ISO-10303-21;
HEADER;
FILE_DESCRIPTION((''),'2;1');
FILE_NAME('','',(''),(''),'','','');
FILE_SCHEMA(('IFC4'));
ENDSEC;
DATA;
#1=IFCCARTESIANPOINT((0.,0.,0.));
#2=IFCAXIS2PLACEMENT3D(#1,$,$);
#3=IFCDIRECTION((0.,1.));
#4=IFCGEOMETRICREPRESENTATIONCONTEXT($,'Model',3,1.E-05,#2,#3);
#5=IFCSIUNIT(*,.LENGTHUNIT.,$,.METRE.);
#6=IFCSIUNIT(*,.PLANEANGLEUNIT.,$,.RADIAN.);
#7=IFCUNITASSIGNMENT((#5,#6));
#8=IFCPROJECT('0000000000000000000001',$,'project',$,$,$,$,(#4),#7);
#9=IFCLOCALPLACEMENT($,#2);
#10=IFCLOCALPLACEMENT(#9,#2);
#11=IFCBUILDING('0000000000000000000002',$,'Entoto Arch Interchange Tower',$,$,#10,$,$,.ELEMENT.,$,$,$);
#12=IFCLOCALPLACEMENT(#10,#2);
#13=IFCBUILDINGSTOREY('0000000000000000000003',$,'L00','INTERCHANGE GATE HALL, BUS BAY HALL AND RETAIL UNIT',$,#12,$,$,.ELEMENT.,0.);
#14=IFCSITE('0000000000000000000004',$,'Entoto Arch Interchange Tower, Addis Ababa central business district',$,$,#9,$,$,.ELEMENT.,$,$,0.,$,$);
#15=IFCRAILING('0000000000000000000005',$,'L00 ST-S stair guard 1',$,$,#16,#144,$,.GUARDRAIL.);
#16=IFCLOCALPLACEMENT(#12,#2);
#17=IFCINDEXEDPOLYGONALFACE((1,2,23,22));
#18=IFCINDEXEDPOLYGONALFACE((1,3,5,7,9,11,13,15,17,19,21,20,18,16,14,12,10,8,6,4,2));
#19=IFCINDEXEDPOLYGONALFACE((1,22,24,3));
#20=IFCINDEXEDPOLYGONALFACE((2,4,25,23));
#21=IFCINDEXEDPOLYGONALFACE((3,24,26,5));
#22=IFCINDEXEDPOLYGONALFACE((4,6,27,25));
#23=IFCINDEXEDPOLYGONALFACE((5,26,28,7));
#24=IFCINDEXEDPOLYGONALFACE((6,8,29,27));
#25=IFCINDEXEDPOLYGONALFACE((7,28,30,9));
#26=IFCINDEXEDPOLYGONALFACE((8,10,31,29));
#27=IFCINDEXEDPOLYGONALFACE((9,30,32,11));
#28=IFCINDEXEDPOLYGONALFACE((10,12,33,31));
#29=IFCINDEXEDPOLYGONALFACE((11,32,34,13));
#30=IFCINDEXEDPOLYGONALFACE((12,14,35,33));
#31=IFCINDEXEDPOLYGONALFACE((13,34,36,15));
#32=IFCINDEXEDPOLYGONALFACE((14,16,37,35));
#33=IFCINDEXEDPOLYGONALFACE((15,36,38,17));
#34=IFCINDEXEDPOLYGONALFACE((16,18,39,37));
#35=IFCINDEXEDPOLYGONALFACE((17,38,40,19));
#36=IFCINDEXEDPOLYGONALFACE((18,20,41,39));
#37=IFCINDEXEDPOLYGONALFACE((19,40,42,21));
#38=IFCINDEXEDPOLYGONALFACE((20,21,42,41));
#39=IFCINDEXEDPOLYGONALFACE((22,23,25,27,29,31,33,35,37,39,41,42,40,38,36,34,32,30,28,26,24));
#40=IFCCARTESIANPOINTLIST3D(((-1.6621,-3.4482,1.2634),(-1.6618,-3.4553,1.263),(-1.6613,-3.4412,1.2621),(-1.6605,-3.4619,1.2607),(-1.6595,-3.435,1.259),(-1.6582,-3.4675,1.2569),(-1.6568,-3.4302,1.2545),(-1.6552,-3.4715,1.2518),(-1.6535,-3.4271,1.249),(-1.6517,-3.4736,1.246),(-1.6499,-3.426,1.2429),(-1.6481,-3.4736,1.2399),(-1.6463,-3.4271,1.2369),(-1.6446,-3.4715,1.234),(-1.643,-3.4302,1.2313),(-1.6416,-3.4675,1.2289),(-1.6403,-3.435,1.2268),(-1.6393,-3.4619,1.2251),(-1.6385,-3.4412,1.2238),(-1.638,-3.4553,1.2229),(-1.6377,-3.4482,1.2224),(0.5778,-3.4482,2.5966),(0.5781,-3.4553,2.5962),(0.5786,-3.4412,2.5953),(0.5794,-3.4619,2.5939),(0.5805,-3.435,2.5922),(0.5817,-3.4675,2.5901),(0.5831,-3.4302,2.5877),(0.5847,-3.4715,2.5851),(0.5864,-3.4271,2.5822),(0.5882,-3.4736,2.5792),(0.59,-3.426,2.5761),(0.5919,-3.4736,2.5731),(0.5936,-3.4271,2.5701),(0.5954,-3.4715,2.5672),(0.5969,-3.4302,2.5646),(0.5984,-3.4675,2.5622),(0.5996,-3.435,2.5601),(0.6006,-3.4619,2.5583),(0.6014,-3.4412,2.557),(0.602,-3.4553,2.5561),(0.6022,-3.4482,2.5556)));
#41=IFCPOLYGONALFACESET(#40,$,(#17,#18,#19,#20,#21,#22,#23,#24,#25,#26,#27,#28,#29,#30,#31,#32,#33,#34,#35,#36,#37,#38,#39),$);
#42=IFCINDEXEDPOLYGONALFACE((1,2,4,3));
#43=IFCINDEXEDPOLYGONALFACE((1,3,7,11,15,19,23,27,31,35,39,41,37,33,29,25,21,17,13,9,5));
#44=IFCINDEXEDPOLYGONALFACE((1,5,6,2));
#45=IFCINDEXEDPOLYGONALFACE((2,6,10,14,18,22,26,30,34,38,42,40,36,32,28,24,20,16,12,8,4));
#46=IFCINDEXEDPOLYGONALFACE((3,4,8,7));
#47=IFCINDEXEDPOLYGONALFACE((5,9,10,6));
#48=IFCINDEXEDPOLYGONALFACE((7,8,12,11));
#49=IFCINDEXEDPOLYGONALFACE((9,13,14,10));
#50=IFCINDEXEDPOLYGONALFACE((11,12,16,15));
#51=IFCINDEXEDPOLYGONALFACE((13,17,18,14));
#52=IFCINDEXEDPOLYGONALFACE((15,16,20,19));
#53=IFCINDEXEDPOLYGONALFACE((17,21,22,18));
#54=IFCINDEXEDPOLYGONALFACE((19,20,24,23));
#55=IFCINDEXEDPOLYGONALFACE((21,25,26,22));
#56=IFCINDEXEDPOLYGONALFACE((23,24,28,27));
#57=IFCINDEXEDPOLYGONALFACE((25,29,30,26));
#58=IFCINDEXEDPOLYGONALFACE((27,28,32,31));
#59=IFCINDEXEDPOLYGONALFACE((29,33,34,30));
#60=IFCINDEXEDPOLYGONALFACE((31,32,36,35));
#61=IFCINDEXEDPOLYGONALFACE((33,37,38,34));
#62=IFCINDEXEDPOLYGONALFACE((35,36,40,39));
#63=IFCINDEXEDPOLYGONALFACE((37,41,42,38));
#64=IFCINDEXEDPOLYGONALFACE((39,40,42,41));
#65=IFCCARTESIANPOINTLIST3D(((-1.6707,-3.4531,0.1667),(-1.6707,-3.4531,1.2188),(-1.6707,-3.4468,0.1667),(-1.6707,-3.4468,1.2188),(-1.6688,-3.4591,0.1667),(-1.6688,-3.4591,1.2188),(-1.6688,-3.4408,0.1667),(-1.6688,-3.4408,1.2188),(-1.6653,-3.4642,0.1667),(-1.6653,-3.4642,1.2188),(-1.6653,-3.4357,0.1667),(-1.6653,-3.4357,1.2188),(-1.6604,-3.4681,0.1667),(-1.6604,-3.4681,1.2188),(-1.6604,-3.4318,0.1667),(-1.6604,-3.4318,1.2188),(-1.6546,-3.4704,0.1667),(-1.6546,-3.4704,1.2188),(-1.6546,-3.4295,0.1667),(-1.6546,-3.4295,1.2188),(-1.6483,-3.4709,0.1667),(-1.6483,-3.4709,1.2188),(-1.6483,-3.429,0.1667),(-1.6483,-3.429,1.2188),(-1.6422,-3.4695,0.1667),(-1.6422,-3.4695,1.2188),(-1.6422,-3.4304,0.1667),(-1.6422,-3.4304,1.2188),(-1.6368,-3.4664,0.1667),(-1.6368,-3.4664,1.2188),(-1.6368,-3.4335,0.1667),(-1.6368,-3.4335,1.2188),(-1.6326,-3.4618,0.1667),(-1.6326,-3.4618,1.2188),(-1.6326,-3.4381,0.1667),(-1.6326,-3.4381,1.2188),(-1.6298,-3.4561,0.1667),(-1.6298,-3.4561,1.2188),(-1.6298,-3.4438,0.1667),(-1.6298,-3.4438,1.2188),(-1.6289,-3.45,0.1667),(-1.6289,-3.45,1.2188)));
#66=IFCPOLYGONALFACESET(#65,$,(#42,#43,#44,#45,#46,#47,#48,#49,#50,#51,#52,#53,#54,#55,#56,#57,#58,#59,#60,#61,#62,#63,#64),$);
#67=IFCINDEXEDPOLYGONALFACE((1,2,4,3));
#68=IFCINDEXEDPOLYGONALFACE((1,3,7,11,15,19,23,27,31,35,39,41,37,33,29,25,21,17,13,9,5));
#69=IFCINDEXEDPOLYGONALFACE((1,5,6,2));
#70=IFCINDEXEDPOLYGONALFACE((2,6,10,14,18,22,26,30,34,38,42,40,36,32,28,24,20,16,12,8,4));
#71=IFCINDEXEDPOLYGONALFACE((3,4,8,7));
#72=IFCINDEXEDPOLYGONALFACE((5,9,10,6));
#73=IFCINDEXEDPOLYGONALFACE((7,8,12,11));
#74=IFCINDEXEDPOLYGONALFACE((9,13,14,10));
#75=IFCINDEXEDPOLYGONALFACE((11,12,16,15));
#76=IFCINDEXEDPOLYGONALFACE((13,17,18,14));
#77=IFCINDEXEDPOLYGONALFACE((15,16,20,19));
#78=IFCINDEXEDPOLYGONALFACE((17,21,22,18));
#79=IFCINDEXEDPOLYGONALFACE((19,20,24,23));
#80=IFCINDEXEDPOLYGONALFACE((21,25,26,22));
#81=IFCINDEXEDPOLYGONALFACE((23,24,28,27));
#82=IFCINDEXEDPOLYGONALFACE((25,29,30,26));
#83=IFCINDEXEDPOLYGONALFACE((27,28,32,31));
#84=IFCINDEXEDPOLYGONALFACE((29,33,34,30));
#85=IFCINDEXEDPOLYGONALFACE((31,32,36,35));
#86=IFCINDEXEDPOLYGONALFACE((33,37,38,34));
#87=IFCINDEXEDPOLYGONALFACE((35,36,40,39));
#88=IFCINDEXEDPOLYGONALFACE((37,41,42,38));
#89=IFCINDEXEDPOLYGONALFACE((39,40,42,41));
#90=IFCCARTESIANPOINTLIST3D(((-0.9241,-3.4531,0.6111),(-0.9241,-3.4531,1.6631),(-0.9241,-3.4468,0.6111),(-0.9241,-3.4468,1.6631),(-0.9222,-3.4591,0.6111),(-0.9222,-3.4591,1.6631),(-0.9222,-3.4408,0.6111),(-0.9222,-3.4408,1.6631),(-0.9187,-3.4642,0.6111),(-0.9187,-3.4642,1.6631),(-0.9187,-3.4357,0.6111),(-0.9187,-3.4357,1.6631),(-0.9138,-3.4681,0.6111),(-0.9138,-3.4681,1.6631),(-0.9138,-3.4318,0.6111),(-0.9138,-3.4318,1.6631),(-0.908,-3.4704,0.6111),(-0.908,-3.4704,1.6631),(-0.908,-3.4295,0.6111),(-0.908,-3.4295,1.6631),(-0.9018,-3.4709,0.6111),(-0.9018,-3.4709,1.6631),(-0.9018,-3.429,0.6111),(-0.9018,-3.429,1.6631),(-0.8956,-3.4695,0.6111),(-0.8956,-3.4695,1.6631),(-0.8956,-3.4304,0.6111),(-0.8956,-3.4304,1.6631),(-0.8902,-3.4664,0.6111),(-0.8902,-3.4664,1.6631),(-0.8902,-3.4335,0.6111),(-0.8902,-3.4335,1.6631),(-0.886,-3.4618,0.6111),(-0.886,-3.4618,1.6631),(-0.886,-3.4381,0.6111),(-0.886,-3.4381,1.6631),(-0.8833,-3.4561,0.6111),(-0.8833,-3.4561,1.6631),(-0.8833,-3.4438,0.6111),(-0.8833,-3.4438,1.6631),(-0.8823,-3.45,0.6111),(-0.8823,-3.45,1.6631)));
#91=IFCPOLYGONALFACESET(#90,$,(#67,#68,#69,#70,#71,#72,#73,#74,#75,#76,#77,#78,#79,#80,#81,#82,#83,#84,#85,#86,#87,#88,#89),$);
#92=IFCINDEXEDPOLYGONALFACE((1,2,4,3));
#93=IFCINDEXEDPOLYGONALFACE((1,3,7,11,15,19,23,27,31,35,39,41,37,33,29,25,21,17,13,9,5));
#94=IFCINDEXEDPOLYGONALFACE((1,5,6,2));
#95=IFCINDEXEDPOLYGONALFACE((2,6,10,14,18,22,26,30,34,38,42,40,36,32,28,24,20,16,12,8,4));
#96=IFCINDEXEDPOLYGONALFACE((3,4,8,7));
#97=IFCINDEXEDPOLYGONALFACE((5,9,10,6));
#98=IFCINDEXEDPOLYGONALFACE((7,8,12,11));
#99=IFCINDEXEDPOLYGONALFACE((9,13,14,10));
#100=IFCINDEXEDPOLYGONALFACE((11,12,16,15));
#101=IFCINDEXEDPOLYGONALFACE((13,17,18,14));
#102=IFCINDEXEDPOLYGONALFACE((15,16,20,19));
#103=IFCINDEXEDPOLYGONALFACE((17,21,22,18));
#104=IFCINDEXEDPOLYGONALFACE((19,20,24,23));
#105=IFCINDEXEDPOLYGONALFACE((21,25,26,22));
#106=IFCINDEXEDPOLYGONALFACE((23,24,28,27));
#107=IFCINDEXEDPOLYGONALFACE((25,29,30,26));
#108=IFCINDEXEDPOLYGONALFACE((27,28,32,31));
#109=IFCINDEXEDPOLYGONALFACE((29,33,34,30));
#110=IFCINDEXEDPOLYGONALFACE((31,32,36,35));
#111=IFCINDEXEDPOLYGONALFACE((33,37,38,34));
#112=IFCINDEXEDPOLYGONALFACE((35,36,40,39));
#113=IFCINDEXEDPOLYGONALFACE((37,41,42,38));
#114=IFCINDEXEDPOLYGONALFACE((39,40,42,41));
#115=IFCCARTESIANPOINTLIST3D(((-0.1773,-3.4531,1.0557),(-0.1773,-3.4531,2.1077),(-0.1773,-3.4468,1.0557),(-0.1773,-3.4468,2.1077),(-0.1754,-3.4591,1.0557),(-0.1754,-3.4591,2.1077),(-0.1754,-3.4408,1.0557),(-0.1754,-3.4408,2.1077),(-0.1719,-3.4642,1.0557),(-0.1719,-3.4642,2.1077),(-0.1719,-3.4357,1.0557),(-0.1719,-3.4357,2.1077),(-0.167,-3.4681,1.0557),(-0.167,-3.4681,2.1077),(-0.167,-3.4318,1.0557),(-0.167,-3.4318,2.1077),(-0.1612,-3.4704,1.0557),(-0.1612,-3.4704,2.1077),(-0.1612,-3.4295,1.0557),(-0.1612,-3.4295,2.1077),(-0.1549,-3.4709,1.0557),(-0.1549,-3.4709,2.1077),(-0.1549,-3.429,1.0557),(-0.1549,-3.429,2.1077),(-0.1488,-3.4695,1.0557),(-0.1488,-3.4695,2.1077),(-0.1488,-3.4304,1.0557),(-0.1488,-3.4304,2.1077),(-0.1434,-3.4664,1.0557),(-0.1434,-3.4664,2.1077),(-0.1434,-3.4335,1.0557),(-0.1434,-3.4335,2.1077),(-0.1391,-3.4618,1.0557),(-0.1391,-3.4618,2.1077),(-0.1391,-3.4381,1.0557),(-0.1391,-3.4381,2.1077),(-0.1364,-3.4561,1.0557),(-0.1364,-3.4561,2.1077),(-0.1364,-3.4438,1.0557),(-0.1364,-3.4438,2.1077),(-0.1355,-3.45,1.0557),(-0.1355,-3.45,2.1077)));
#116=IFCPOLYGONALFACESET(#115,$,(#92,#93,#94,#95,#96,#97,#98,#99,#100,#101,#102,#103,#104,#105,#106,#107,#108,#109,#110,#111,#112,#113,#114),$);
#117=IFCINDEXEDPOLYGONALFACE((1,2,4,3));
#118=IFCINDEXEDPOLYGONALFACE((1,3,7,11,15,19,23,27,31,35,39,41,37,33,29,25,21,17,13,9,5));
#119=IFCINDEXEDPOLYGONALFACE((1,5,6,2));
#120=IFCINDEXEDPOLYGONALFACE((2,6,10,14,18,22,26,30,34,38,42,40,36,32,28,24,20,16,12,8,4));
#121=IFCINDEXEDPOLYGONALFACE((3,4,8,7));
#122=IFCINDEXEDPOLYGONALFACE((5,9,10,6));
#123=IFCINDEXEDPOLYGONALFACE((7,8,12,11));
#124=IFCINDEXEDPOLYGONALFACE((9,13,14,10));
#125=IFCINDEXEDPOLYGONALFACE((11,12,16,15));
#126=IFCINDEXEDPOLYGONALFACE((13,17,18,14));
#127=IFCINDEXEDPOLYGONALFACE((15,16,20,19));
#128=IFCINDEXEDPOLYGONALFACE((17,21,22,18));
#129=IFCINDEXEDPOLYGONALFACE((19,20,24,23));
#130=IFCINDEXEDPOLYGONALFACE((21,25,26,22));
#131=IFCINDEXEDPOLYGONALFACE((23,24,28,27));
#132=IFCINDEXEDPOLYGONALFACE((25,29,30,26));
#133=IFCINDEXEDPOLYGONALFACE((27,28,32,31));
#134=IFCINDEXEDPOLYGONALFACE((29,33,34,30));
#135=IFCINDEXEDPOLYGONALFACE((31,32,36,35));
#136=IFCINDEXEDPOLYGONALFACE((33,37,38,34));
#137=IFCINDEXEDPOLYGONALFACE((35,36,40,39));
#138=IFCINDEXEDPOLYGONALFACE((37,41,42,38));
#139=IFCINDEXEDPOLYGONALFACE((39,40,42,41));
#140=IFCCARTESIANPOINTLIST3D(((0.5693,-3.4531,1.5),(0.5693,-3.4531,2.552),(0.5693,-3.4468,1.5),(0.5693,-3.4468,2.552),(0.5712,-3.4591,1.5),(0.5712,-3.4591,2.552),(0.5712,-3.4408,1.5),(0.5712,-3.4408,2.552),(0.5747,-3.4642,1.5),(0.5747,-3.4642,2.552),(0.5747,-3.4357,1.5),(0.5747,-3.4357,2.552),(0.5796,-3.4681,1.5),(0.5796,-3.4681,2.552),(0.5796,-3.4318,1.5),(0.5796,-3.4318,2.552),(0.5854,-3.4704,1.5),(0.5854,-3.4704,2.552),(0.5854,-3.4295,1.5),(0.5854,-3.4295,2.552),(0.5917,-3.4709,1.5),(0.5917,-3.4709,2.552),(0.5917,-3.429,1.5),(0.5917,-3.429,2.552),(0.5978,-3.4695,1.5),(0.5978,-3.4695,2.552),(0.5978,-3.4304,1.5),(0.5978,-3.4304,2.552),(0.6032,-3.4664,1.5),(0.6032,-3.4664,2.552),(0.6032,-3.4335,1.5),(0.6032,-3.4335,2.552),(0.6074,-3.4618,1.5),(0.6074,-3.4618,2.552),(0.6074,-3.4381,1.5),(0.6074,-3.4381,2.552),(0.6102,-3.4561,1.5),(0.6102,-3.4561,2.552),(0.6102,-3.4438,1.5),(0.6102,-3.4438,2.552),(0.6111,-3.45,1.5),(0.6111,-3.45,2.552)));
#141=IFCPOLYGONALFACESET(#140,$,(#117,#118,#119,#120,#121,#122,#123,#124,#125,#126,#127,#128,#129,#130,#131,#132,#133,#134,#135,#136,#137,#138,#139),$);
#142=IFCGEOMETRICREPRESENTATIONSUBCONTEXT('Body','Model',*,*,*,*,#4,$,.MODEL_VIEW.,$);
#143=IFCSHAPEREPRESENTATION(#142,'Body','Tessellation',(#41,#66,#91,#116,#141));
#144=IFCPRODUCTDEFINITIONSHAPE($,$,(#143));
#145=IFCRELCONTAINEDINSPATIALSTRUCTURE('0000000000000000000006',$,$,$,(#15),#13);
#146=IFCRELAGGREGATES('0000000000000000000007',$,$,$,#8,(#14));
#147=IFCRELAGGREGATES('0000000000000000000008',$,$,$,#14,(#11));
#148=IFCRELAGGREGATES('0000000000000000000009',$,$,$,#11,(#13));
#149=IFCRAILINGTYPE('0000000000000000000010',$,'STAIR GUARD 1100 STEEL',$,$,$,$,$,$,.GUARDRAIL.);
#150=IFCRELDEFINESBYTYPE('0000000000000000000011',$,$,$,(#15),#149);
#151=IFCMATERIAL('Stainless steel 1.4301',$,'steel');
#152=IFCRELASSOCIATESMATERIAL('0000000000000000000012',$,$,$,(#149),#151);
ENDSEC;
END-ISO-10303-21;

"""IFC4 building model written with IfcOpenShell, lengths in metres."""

from ifc_helpers import new_model, si_unit, direction, frame, origin, origin_2d, place, context, subcontext, project, spatial, circle, extrude, material, type_object, element, save


model = new_model("IFC4")

# Units and contexts
model_context = context("Model", 3, precision=1e-05, world=origin(), true_north=direction((0.0, 1.0)))
body_context = subcontext(model_context, "Body", "Model", "MODEL_VIEW")
ifc_project = project(units=[si_unit("LENGTHUNIT", "METRE"), si_unit("PLANEANGLEUNIT", "RADIAN")], contexts=[model_context])

# Site, building, storey
site_placement = place(None, origin())
site = spatial("IfcSite", under=ifc_project, at=site_placement, Name="Entoto Arch Interchange Tower, Addis Ababa central business district", CompositionType="ELEMENT", RefElevation=0.0)
building_placement = place(site_placement, origin())
building = spatial("IfcBuilding", under=site, at=building_placement, Name="Entoto Arch Interchange Tower", CompositionType="ELEMENT")
storey_placement = place(building_placement, origin())
storey = spatial("IfcBuildingStorey", under=building, at=storey_placement, Name="L00", Description="INTERCHANGE GATE HALL, BUS BAY HALL AND RETAIL UNIT", CompositionType="ELEMENT", Elevation=0.0)

# Railing
ifc_material_1 = material(Name="Stainless steel 1.4301", Category="steel")
railing_type_1 = type_object("IfcRailingType", Name="STAIR GUARD 1100 STEEL", PredefinedType="GUARDRAIL", material=ifc_material_1)
railing_1_placement = place(storey_placement, frame((-1.6499, -3.45, 0.1667)))
element("IfcRailing", 1, at=railing_1_placement, inside=storey, type_object=railing_type_1, Name="L00 ST-S stair guard 1", PredefinedType="GUARDRAIL", context=body_context, shape_type="SweptSolid", body=[
    extrude(circle(Radius=0.0239, at=origin_2d()), frame((0.0, 0.0, 1.0762), z_axis=(0.859306, 0.0, 0.511462), x_axis=(0.0, 1.0, 0.0)), (0.0, 0.0, 1.0), 2.6067),
    extrude(circle(Radius=0.021, at=origin_2d()), origin(), (0.0, 0.0, 1.0), 1.052),
    extrude(circle(Radius=0.021, at=origin_2d()), frame((0.7466, 0.0, 0.4443)), (0.0, 0.0, 1.0), 1.052),
    extrude(circle(Radius=0.021, at=origin_2d()), frame((1.4934, 0.0, 0.8889)), (0.0, 0.0, 1.0), 1.052),
    extrude(circle(Radius=0.021, at=origin_2d()), frame((2.24, 0.0, 1.3333)), (0.0, 0.0, 1.0), 1.052),
])

save(model, "model.ifc")
